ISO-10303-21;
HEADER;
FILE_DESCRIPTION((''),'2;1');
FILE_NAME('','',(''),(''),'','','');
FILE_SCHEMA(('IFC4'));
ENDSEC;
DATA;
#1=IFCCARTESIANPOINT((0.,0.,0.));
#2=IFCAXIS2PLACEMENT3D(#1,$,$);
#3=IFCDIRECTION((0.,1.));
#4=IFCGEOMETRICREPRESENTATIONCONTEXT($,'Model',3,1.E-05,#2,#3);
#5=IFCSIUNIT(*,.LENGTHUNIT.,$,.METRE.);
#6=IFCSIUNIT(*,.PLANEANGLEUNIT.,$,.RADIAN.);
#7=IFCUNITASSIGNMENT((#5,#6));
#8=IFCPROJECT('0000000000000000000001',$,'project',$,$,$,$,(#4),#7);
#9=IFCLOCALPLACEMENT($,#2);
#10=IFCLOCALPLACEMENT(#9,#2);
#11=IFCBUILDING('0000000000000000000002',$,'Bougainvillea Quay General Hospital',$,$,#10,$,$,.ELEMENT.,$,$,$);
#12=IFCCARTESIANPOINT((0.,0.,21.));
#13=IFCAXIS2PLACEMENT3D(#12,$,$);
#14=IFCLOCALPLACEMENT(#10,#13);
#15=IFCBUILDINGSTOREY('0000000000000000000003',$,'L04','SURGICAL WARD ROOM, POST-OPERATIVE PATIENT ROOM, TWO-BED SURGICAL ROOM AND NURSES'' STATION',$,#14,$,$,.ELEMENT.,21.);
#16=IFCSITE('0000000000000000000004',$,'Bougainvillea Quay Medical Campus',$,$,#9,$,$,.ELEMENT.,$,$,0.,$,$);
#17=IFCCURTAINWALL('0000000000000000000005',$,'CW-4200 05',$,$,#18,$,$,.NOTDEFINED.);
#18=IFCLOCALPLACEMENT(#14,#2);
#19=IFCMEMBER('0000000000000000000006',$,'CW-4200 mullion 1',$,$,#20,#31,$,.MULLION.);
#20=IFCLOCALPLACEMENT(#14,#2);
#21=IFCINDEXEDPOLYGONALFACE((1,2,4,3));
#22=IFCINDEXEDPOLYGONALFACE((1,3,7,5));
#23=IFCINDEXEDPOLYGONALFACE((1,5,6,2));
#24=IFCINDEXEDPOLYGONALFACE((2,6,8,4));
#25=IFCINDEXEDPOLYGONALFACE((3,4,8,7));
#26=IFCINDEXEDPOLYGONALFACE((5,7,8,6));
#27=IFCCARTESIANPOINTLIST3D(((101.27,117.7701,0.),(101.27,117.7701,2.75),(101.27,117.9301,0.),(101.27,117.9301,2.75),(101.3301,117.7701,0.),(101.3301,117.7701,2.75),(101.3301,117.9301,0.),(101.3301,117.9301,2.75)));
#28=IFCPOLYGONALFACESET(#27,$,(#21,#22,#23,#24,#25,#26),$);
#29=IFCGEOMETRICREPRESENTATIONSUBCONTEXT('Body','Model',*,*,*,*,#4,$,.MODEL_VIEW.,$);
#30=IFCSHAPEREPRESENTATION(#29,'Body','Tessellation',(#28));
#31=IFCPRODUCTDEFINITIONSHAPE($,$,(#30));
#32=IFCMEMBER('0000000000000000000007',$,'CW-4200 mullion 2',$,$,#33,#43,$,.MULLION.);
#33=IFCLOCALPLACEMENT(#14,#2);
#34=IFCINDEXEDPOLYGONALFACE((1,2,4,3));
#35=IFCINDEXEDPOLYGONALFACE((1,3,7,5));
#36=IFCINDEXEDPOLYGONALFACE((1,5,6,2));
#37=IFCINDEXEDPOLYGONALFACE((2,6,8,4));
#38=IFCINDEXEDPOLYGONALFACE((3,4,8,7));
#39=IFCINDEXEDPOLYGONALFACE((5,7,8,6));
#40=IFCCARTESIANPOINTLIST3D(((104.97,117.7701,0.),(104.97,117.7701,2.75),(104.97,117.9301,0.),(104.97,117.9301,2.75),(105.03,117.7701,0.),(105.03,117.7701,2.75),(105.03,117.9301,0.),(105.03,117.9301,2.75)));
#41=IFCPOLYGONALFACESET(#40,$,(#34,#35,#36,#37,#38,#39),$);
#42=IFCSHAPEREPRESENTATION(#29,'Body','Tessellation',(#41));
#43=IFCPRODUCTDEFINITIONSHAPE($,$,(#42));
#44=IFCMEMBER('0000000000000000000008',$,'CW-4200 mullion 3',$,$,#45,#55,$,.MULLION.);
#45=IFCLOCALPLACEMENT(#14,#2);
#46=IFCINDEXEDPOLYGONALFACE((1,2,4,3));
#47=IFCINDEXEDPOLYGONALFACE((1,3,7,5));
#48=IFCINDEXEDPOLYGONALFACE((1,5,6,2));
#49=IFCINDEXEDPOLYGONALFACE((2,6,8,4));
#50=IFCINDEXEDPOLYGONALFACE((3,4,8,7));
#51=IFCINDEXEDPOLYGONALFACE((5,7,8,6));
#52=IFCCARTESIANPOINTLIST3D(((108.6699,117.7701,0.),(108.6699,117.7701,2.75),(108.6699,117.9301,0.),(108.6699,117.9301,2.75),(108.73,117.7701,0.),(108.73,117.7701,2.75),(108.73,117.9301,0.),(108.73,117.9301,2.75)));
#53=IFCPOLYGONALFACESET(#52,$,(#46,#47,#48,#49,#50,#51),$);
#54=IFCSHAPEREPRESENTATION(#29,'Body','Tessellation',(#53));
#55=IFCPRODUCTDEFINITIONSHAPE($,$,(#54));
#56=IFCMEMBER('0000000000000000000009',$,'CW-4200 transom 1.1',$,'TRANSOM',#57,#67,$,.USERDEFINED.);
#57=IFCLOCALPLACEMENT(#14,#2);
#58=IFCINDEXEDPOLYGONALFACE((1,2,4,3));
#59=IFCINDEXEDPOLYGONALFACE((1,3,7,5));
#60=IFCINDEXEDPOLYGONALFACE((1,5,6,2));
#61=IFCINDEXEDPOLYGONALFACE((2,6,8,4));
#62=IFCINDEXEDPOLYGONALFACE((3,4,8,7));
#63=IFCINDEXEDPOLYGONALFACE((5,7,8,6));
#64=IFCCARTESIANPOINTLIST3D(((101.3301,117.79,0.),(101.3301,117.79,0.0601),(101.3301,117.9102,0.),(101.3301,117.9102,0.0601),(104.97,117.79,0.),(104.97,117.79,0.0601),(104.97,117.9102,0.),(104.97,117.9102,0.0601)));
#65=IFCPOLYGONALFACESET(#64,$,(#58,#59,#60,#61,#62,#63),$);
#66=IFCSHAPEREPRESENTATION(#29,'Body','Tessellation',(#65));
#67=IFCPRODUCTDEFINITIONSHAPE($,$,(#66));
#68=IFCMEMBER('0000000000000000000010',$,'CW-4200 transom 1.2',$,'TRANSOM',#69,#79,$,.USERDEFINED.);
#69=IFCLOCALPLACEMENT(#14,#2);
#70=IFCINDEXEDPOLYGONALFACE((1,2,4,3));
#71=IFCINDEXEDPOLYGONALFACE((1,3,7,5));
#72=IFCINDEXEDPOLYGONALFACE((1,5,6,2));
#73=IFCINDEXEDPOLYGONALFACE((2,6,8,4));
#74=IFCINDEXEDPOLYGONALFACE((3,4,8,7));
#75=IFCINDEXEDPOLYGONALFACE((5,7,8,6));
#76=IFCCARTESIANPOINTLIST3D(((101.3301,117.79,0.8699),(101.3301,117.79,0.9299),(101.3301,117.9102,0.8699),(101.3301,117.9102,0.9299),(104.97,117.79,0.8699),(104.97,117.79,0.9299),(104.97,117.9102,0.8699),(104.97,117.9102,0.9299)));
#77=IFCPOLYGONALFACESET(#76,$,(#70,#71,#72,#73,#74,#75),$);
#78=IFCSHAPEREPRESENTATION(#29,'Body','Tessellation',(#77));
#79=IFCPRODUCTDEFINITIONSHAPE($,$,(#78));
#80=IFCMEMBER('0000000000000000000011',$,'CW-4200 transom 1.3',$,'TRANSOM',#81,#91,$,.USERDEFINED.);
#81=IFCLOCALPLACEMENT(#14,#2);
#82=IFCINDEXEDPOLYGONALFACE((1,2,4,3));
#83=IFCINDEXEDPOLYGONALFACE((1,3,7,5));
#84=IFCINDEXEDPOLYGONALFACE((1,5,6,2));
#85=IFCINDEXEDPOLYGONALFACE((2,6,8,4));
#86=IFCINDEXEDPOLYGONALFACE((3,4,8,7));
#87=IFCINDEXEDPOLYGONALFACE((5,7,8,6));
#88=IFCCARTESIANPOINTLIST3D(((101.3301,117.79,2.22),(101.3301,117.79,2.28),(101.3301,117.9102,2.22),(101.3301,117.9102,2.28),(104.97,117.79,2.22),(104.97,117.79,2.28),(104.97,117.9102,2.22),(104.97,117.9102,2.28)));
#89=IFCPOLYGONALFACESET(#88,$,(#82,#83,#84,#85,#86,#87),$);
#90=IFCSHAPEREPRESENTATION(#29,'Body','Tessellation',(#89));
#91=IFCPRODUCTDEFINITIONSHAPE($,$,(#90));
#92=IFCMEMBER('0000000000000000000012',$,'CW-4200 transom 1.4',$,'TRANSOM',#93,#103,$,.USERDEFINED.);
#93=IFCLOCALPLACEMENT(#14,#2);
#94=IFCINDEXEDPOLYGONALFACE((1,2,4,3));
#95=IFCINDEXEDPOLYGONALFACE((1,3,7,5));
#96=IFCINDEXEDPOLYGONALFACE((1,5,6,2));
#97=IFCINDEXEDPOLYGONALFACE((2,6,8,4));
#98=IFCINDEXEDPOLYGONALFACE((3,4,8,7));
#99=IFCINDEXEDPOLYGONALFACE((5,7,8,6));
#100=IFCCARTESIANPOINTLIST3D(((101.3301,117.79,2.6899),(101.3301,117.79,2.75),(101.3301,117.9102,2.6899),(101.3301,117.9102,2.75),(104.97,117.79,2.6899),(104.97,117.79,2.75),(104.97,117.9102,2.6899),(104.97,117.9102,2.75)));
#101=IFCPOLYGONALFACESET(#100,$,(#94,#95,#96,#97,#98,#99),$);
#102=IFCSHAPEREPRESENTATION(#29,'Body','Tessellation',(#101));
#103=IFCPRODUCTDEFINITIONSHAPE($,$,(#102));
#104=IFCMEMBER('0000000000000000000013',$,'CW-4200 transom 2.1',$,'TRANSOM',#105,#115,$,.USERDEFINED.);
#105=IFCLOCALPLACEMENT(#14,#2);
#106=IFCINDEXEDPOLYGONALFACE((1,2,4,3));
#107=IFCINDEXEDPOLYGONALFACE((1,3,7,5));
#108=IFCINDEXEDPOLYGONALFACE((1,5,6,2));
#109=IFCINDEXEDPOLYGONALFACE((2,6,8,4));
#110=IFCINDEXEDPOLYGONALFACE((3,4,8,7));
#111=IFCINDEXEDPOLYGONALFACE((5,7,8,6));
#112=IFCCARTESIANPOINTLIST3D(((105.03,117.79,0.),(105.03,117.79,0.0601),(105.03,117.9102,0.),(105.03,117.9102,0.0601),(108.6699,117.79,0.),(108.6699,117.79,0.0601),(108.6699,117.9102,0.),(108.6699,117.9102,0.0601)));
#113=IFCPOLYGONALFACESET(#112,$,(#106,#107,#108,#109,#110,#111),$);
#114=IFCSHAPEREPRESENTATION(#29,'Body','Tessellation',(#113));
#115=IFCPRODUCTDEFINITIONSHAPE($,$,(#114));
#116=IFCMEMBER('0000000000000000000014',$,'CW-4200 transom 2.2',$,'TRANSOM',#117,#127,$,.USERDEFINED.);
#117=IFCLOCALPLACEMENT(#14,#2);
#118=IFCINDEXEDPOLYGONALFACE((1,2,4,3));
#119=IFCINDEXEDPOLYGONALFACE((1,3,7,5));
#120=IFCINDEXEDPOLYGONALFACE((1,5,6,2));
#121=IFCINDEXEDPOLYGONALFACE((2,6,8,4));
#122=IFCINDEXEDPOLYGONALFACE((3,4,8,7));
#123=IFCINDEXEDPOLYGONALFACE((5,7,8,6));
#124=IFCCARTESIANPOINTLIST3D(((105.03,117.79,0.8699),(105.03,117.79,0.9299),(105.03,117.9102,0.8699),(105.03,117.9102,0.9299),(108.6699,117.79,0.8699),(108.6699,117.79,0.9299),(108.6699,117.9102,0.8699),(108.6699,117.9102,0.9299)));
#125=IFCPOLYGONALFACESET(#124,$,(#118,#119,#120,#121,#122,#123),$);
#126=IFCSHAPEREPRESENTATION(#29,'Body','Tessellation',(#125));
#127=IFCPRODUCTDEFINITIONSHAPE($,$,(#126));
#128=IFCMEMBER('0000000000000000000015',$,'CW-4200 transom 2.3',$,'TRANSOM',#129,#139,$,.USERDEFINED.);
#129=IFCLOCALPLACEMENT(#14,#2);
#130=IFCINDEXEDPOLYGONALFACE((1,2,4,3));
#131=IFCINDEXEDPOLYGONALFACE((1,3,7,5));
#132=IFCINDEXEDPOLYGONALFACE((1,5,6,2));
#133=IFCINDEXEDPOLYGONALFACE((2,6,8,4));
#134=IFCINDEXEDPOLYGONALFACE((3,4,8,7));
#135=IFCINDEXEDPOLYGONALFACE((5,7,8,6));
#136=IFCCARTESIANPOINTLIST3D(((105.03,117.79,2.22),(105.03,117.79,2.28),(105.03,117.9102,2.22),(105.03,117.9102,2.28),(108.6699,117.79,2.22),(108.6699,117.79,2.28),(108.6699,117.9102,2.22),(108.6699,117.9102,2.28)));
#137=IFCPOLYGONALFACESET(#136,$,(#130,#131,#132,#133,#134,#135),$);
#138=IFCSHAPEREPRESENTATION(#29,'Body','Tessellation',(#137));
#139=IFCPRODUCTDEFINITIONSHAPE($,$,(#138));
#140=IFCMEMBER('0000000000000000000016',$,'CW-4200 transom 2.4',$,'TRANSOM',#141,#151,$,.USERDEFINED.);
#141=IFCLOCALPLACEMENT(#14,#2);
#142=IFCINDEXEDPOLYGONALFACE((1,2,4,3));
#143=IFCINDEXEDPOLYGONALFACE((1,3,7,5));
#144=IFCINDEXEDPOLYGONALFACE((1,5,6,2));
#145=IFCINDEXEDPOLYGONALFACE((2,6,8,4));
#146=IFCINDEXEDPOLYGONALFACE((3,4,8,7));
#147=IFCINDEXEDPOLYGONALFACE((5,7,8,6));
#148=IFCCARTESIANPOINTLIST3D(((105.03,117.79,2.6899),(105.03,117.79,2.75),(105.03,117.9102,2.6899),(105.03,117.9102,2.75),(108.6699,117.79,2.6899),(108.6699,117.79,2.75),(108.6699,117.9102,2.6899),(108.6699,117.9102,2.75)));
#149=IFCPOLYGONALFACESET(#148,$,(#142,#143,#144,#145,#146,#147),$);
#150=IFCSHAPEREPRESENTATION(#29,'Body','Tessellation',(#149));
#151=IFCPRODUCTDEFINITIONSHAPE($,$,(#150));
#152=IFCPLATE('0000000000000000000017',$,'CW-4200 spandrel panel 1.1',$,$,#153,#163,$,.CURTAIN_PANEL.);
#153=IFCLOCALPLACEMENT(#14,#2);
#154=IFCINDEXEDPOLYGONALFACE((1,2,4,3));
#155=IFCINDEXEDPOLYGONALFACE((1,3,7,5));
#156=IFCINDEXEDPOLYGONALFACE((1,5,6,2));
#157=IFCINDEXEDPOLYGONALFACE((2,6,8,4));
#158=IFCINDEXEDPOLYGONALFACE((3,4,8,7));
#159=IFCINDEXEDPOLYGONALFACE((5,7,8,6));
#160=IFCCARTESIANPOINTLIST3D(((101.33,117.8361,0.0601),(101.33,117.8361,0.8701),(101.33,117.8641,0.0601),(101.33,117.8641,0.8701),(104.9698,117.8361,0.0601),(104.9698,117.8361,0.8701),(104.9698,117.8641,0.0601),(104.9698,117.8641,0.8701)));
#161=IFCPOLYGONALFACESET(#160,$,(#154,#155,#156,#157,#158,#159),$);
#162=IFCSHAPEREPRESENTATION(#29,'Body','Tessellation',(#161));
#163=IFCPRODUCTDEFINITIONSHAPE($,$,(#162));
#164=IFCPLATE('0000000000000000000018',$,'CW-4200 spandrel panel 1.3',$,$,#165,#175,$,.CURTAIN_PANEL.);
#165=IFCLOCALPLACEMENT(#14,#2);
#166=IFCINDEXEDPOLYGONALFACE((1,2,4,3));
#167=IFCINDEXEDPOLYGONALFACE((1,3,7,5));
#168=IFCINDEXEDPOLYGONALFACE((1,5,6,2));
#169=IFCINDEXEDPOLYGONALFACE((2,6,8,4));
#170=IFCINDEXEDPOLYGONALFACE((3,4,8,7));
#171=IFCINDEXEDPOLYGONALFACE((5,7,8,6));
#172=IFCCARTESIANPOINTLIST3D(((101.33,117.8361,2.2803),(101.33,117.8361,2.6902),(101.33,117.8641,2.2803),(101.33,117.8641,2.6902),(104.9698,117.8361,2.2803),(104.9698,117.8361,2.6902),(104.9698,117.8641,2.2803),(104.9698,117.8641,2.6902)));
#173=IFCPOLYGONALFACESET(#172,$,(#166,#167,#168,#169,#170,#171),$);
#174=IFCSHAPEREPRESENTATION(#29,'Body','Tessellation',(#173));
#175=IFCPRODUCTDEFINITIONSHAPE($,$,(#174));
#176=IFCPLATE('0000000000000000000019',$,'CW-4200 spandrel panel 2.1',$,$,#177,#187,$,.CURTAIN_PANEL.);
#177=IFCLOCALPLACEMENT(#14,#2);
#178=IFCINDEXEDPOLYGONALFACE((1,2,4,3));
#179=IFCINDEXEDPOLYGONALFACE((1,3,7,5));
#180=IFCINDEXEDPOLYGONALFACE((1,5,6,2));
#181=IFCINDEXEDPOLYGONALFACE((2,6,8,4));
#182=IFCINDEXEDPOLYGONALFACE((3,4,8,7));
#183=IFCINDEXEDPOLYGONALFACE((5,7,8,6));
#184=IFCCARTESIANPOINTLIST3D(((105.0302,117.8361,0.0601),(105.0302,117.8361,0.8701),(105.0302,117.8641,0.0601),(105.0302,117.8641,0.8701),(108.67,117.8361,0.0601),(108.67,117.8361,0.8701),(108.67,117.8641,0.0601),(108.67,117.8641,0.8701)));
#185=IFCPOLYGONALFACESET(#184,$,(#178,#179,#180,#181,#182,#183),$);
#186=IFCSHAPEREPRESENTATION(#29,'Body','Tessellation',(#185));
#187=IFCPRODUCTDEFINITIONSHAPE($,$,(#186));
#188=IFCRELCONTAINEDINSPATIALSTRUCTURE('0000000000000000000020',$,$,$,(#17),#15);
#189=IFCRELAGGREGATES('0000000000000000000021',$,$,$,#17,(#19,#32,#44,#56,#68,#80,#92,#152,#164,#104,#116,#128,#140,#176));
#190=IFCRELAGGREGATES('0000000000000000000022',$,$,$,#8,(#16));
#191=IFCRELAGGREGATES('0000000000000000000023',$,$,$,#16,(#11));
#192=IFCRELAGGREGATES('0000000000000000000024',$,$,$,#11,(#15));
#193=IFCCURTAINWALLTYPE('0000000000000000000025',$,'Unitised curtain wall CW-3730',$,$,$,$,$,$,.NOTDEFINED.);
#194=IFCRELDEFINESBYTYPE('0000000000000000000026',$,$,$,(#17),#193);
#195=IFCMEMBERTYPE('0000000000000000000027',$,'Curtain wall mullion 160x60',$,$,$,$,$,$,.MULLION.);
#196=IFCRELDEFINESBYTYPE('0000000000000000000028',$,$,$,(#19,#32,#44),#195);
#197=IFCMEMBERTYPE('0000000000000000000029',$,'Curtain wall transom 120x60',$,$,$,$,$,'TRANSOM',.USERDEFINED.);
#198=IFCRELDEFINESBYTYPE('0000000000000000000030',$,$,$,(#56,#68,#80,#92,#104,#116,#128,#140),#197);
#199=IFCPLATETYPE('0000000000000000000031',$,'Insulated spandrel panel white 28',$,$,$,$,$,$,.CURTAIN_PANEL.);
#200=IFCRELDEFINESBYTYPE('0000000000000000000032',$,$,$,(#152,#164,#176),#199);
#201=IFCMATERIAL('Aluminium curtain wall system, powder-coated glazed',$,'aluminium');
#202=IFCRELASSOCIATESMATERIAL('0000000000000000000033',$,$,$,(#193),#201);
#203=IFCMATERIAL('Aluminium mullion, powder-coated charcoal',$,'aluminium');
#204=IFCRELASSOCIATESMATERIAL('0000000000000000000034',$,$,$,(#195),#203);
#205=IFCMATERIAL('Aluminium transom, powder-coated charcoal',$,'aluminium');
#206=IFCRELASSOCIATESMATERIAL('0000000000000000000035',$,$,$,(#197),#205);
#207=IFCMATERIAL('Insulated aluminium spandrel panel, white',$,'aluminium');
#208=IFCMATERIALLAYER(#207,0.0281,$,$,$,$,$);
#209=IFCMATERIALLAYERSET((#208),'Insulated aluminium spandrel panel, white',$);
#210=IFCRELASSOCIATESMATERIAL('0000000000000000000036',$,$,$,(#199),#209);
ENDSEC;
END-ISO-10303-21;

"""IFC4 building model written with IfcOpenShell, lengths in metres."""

from ifc_helpers import new_model, si_unit, direction, frame, origin, origin_2d, place, context, subcontext, project, spatial, rectangle, extrude, material, layer, layer_set, material_profile, profile_set, type_object, element, aggregate, save


model = new_model("IFC4")

# Units and contexts
model_context = context("Model", 3, precision=1e-05, world=origin(), true_north=direction((0.0, 1.0)))
body_context = subcontext(model_context, "Body", "Model", "MODEL_VIEW")
ifc_project = project(units=[si_unit("LENGTHUNIT", "METRE"), si_unit("PLANEANGLEUNIT", "RADIAN")], contexts=[model_context])

# Site, building, storey
site_placement = place(None, origin())
site = spatial("IfcSite", under=ifc_project, at=site_placement, Name="Bougainvillea Quay Medical Campus", CompositionType="ELEMENT", RefElevation=0.0)
building_placement = place(site_placement, origin())
building = spatial("IfcBuilding", under=site, at=building_placement, Name="Bougainvillea Quay General Hospital", CompositionType="ELEMENT")
storey_placement = place(building_placement, frame((0.0, 0.0, 21.0)))
storey = spatial("IfcBuildingStorey", under=building, at=storey_placement, Name="L04", Description="SURGICAL WARD ROOM, POST-OPERATIVE PATIENT ROOM, TWO-BED SURGICAL ROOM AND NURSES' STATION", CompositionType="ELEMENT", Elevation=21.0)

# Curtain wall, members, plates
ifc_material_1 = material(Name="Aluminium curtain wall system, powder-coated glazed", Category="aluminium")
curtain_wall_type = type_object("IfcCurtainWallType", Name="Unitised curtain wall CW-3730", PredefinedType="NOTDEFINED", material=ifc_material_1)
curtain_wall_placement = place(storey_placement, origin())
curtain_wall = element("IfcCurtainWall", 1, at=curtain_wall_placement, inside=storey, type_object=curtain_wall_type, Name="CW-4200 05", PredefinedType="NOTDEFINED")
ifc_material_2 = material(Name="Aluminium mullion, powder-coated charcoal", Category="aluminium")
ifc_material_profile_1 = material_profile(ifc_material_2, rectangle(XDim=0.1599, YDim=0.0601, at=origin_2d()))
ifc_profile_set_1 = profile_set([ifc_material_profile_1], Name="Aluminium mullion, powder-coated charcoal")
member_type_1 = type_object("IfcMemberType", Name="Curtain wall mullion 160x60", PredefinedType="MULLION", material=ifc_profile_set_1)
member_1_placement = place(storey_placement, frame((101.3, 117.8501, 0.0), z_axis=(0.0, 0.0, 1.0), x_axis=(0.0, 1.0, 0.0)))
member_1 = element("IfcMember", 2, at=member_1_placement, type_object=member_type_1, Name="CW-4200 mullion 1", PredefinedType="MULLION", context=body_context, shape_type="SweptSolid", body=[
    extrude(rectangle(XDim=0.1599, YDim=0.0601, at=origin_2d()), origin(), (0.0, 0.0, 1.0), 2.75),
])
member_2_placement = place(storey_placement, frame((105.0, 117.8501, 0.0), z_axis=(0.0, 0.0, 1.0), x_axis=(0.0, 1.0, 0.0)))
member_2 = element("IfcMember", 3, at=member_2_placement, type_object=member_type_1, Name="CW-4200 mullion 2", PredefinedType="MULLION", context=body_context, shape_type="SweptSolid", body=[
    extrude(rectangle(XDim=0.1599, YDim=0.0601, at=origin_2d()), origin(), (0.0, 0.0, 1.0), 2.75),
])
member_3_placement = place(storey_placement, frame((108.7, 117.8501, 0.0), z_axis=(0.0, 0.0, 1.0), x_axis=(0.0, 1.0, 0.0)))
member_3 = element("IfcMember", 4, at=member_3_placement, type_object=member_type_1, Name="CW-4200 mullion 3", PredefinedType="MULLION", context=body_context, shape_type="SweptSolid", body=[
    extrude(rectangle(XDim=0.1599, YDim=0.0601, at=origin_2d()), origin(), (0.0, 0.0, 1.0), 2.75),
])
ifc_material_3 = material(Name="Aluminium transom, powder-coated charcoal", Category="aluminium")
ifc_material_profile_2 = material_profile(ifc_material_3, rectangle(XDim=0.1201, YDim=0.0601, at=origin_2d()))
ifc_profile_set_2 = profile_set([ifc_material_profile_2], Name="Aluminium transom, powder-coated charcoal")
member_type_2 = type_object("IfcMemberType", Name="Curtain wall transom 120x60", ElementType="TRANSOM", PredefinedType="USERDEFINED", material=ifc_profile_set_2)
member_4_placement = place(storey_placement, frame((101.3301, 117.8501, 0.03), z_axis=(1.0, 0.0, 0.0), x_axis=(0.0, 1.0, 0.0)))
member_4 = element("IfcMember", 5, at=member_4_placement, type_object=member_type_2, Name="CW-4200 transom 1.1", ObjectType="TRANSOM", PredefinedType="USERDEFINED", context=body_context, shape_type="SweptSolid", body=[
    extrude(rectangle(XDim=0.1201, YDim=0.0601, at=origin_2d()), origin(), (0.0, 0.0, 1.0), 3.6399),
])
member_5_placement = place(storey_placement, frame((101.3301, 117.8501, 0.8999), z_axis=(1.0, 0.0, 0.0), x_axis=(0.0, 1.0, 0.0)))
member_5 = element("IfcMember", 6, at=member_5_placement, type_object=member_type_2, Name="CW-4200 transom 1.2", ObjectType="TRANSOM", PredefinedType="USERDEFINED", context=body_context, shape_type="SweptSolid", body=[
    extrude(rectangle(XDim=0.1201, YDim=0.0601, at=origin_2d()), origin(), (0.0, 0.0, 1.0), 3.6399),
])
member_6_placement = place(storey_placement, frame((101.3301, 117.8501, 2.25), z_axis=(1.0, 0.0, 0.0), x_axis=(0.0, 1.0, 0.0)))
member_6 = element("IfcMember", 7, at=member_6_placement, type_object=member_type_2, Name="CW-4200 transom 1.3", ObjectType="TRANSOM", PredefinedType="USERDEFINED", context=body_context, shape_type="SweptSolid", body=[
    extrude(rectangle(XDim=0.1201, YDim=0.0601, at=origin_2d()), origin(), (0.0, 0.0, 1.0), 3.6399),
])
member_7_placement = place(storey_placement, frame((101.3301, 117.8501, 2.72), z_axis=(1.0, 0.0, 0.0), x_axis=(0.0, 1.0, 0.0)))
member_7 = element("IfcMember", 8, at=member_7_placement, type_object=member_type_2, Name="CW-4200 transom 1.4", ObjectType="TRANSOM", PredefinedType="USERDEFINED", context=body_context, shape_type="SweptSolid", body=[
    extrude(rectangle(XDim=0.1201, YDim=0.0601, at=origin_2d()), origin(), (0.0, 0.0, 1.0), 3.6399),
])
member_8_placement = place(storey_placement, frame((105.03, 117.8501, 0.03), z_axis=(1.0, 0.0, 0.0), x_axis=(0.0, 1.0, 0.0)))
member_8 = element("IfcMember", 9, at=member_8_placement, type_object=member_type_2, Name="CW-4200 transom 2.1", ObjectType="TRANSOM", PredefinedType="USERDEFINED", context=body_context, shape_type="SweptSolid", body=[
    extrude(rectangle(XDim=0.1201, YDim=0.0601, at=origin_2d()), origin(), (0.0, 0.0, 1.0), 3.6399),
])
member_9_placement = place(storey_placement, frame((105.03, 117.8501, 0.8999), z_axis=(1.0, 0.0, 0.0), x_axis=(0.0, 1.0, 0.0)))
member_9 = element("IfcMember", 10, at=member_9_placement, type_object=member_type_2, Name="CW-4200 transom 2.2", ObjectType="TRANSOM", PredefinedType="USERDEFINED", context=body_context, shape_type="SweptSolid", body=[
    extrude(rectangle(XDim=0.1201, YDim=0.0601, at=origin_2d()), origin(), (0.0, 0.0, 1.0), 3.6399),
])
member_10_placement = place(storey_placement, frame((105.03, 117.8501, 2.25), z_axis=(1.0, 0.0, 0.0), x_axis=(0.0, 1.0, 0.0)))
member_10 = element("IfcMember", 11, at=member_10_placement, type_object=member_type_2, Name="CW-4200 transom 2.3", ObjectType="TRANSOM", PredefinedType="USERDEFINED", context=body_context, shape_type="SweptSolid", body=[
    extrude(rectangle(XDim=0.1201, YDim=0.0601, at=origin_2d()), origin(), (0.0, 0.0, 1.0), 3.6399),
])
member_11_placement = place(storey_placement, frame((105.03, 117.8501, 2.72), z_axis=(1.0, 0.0, 0.0), x_axis=(0.0, 1.0, 0.0)))
member_11 = element("IfcMember", 12, at=member_11_placement, type_object=member_type_2, Name="CW-4200 transom 2.4", ObjectType="TRANSOM", PredefinedType="USERDEFINED", context=body_context, shape_type="SweptSolid", body=[
    extrude(rectangle(XDim=0.1201, YDim=0.0601, at=origin_2d()), origin(), (0.0, 0.0, 1.0), 3.6399),
])
ifc_material_4 = material(Name="Insulated aluminium spandrel panel, white", Category="aluminium")
ifc_layer_1 = layer(ifc_material_4, 0.0281)
ifc_layer_set_1 = layer_set([ifc_layer_1], Name="Insulated aluminium spandrel panel, white")
plate_type_1 = type_object("IfcPlateType", Name="Insulated spandrel panel white 28", PredefinedType="CURTAIN_PANEL", material=ifc_layer_set_1)
plate_1_placement = place(storey_placement, frame((103.1499, 117.8501, 0.0601), z_axis=(0.0, 0.0, 1.0), x_axis=(1.0, 0.0, 0.0)))
plate_1 = element("IfcPlate", 13, at=plate_1_placement, type_object=plate_type_1, Name="CW-4200 spandrel panel 1.1", PredefinedType="CURTAIN_PANEL", context=body_context, shape_type="SweptSolid", body=[
    extrude(rectangle(XDim=3.6399, YDim=0.0281, at=origin_2d()), origin(), (0.0, 0.0, 1.0), 0.8101),
])
plate_2_placement = place(storey_placement, frame((103.1499, 117.8501, 2.2803), z_axis=(0.0, 0.0, 1.0), x_axis=(1.0, 0.0, 0.0)))
plate_2 = element("IfcPlate", 14, at=plate_2_placement, type_object=plate_type_1, Name="CW-4200 spandrel panel 1.3", PredefinedType="CURTAIN_PANEL", context=body_context, shape_type="SweptSolid", body=[
    extrude(rectangle(XDim=3.6399, YDim=0.0281, at=origin_2d()), origin(), (0.0, 0.0, 1.0), 0.4099),
])
plate_3_placement = place(storey_placement, frame((106.8501, 117.8501, 0.0601), z_axis=(0.0, 0.0, 1.0), x_axis=(1.0, 0.0, 0.0)))
plate_3 = element("IfcPlate", 15, at=plate_3_placement, type_object=plate_type_1, Name="CW-4200 spandrel panel 2.1", PredefinedType="CURTAIN_PANEL", context=body_context, shape_type="SweptSolid", body=[
    extrude(rectangle(XDim=3.6399, YDim=0.0281, at=origin_2d()), origin(), (0.0, 0.0, 1.0), 0.8101),
])
aggregate(curtain_wall, [member_1, member_2, member_3, member_4, member_5, member_6, member_7, plate_1, plate_2, member_8, member_9, member_10, member_11, plate_3])

save(model, "model.ifc")
